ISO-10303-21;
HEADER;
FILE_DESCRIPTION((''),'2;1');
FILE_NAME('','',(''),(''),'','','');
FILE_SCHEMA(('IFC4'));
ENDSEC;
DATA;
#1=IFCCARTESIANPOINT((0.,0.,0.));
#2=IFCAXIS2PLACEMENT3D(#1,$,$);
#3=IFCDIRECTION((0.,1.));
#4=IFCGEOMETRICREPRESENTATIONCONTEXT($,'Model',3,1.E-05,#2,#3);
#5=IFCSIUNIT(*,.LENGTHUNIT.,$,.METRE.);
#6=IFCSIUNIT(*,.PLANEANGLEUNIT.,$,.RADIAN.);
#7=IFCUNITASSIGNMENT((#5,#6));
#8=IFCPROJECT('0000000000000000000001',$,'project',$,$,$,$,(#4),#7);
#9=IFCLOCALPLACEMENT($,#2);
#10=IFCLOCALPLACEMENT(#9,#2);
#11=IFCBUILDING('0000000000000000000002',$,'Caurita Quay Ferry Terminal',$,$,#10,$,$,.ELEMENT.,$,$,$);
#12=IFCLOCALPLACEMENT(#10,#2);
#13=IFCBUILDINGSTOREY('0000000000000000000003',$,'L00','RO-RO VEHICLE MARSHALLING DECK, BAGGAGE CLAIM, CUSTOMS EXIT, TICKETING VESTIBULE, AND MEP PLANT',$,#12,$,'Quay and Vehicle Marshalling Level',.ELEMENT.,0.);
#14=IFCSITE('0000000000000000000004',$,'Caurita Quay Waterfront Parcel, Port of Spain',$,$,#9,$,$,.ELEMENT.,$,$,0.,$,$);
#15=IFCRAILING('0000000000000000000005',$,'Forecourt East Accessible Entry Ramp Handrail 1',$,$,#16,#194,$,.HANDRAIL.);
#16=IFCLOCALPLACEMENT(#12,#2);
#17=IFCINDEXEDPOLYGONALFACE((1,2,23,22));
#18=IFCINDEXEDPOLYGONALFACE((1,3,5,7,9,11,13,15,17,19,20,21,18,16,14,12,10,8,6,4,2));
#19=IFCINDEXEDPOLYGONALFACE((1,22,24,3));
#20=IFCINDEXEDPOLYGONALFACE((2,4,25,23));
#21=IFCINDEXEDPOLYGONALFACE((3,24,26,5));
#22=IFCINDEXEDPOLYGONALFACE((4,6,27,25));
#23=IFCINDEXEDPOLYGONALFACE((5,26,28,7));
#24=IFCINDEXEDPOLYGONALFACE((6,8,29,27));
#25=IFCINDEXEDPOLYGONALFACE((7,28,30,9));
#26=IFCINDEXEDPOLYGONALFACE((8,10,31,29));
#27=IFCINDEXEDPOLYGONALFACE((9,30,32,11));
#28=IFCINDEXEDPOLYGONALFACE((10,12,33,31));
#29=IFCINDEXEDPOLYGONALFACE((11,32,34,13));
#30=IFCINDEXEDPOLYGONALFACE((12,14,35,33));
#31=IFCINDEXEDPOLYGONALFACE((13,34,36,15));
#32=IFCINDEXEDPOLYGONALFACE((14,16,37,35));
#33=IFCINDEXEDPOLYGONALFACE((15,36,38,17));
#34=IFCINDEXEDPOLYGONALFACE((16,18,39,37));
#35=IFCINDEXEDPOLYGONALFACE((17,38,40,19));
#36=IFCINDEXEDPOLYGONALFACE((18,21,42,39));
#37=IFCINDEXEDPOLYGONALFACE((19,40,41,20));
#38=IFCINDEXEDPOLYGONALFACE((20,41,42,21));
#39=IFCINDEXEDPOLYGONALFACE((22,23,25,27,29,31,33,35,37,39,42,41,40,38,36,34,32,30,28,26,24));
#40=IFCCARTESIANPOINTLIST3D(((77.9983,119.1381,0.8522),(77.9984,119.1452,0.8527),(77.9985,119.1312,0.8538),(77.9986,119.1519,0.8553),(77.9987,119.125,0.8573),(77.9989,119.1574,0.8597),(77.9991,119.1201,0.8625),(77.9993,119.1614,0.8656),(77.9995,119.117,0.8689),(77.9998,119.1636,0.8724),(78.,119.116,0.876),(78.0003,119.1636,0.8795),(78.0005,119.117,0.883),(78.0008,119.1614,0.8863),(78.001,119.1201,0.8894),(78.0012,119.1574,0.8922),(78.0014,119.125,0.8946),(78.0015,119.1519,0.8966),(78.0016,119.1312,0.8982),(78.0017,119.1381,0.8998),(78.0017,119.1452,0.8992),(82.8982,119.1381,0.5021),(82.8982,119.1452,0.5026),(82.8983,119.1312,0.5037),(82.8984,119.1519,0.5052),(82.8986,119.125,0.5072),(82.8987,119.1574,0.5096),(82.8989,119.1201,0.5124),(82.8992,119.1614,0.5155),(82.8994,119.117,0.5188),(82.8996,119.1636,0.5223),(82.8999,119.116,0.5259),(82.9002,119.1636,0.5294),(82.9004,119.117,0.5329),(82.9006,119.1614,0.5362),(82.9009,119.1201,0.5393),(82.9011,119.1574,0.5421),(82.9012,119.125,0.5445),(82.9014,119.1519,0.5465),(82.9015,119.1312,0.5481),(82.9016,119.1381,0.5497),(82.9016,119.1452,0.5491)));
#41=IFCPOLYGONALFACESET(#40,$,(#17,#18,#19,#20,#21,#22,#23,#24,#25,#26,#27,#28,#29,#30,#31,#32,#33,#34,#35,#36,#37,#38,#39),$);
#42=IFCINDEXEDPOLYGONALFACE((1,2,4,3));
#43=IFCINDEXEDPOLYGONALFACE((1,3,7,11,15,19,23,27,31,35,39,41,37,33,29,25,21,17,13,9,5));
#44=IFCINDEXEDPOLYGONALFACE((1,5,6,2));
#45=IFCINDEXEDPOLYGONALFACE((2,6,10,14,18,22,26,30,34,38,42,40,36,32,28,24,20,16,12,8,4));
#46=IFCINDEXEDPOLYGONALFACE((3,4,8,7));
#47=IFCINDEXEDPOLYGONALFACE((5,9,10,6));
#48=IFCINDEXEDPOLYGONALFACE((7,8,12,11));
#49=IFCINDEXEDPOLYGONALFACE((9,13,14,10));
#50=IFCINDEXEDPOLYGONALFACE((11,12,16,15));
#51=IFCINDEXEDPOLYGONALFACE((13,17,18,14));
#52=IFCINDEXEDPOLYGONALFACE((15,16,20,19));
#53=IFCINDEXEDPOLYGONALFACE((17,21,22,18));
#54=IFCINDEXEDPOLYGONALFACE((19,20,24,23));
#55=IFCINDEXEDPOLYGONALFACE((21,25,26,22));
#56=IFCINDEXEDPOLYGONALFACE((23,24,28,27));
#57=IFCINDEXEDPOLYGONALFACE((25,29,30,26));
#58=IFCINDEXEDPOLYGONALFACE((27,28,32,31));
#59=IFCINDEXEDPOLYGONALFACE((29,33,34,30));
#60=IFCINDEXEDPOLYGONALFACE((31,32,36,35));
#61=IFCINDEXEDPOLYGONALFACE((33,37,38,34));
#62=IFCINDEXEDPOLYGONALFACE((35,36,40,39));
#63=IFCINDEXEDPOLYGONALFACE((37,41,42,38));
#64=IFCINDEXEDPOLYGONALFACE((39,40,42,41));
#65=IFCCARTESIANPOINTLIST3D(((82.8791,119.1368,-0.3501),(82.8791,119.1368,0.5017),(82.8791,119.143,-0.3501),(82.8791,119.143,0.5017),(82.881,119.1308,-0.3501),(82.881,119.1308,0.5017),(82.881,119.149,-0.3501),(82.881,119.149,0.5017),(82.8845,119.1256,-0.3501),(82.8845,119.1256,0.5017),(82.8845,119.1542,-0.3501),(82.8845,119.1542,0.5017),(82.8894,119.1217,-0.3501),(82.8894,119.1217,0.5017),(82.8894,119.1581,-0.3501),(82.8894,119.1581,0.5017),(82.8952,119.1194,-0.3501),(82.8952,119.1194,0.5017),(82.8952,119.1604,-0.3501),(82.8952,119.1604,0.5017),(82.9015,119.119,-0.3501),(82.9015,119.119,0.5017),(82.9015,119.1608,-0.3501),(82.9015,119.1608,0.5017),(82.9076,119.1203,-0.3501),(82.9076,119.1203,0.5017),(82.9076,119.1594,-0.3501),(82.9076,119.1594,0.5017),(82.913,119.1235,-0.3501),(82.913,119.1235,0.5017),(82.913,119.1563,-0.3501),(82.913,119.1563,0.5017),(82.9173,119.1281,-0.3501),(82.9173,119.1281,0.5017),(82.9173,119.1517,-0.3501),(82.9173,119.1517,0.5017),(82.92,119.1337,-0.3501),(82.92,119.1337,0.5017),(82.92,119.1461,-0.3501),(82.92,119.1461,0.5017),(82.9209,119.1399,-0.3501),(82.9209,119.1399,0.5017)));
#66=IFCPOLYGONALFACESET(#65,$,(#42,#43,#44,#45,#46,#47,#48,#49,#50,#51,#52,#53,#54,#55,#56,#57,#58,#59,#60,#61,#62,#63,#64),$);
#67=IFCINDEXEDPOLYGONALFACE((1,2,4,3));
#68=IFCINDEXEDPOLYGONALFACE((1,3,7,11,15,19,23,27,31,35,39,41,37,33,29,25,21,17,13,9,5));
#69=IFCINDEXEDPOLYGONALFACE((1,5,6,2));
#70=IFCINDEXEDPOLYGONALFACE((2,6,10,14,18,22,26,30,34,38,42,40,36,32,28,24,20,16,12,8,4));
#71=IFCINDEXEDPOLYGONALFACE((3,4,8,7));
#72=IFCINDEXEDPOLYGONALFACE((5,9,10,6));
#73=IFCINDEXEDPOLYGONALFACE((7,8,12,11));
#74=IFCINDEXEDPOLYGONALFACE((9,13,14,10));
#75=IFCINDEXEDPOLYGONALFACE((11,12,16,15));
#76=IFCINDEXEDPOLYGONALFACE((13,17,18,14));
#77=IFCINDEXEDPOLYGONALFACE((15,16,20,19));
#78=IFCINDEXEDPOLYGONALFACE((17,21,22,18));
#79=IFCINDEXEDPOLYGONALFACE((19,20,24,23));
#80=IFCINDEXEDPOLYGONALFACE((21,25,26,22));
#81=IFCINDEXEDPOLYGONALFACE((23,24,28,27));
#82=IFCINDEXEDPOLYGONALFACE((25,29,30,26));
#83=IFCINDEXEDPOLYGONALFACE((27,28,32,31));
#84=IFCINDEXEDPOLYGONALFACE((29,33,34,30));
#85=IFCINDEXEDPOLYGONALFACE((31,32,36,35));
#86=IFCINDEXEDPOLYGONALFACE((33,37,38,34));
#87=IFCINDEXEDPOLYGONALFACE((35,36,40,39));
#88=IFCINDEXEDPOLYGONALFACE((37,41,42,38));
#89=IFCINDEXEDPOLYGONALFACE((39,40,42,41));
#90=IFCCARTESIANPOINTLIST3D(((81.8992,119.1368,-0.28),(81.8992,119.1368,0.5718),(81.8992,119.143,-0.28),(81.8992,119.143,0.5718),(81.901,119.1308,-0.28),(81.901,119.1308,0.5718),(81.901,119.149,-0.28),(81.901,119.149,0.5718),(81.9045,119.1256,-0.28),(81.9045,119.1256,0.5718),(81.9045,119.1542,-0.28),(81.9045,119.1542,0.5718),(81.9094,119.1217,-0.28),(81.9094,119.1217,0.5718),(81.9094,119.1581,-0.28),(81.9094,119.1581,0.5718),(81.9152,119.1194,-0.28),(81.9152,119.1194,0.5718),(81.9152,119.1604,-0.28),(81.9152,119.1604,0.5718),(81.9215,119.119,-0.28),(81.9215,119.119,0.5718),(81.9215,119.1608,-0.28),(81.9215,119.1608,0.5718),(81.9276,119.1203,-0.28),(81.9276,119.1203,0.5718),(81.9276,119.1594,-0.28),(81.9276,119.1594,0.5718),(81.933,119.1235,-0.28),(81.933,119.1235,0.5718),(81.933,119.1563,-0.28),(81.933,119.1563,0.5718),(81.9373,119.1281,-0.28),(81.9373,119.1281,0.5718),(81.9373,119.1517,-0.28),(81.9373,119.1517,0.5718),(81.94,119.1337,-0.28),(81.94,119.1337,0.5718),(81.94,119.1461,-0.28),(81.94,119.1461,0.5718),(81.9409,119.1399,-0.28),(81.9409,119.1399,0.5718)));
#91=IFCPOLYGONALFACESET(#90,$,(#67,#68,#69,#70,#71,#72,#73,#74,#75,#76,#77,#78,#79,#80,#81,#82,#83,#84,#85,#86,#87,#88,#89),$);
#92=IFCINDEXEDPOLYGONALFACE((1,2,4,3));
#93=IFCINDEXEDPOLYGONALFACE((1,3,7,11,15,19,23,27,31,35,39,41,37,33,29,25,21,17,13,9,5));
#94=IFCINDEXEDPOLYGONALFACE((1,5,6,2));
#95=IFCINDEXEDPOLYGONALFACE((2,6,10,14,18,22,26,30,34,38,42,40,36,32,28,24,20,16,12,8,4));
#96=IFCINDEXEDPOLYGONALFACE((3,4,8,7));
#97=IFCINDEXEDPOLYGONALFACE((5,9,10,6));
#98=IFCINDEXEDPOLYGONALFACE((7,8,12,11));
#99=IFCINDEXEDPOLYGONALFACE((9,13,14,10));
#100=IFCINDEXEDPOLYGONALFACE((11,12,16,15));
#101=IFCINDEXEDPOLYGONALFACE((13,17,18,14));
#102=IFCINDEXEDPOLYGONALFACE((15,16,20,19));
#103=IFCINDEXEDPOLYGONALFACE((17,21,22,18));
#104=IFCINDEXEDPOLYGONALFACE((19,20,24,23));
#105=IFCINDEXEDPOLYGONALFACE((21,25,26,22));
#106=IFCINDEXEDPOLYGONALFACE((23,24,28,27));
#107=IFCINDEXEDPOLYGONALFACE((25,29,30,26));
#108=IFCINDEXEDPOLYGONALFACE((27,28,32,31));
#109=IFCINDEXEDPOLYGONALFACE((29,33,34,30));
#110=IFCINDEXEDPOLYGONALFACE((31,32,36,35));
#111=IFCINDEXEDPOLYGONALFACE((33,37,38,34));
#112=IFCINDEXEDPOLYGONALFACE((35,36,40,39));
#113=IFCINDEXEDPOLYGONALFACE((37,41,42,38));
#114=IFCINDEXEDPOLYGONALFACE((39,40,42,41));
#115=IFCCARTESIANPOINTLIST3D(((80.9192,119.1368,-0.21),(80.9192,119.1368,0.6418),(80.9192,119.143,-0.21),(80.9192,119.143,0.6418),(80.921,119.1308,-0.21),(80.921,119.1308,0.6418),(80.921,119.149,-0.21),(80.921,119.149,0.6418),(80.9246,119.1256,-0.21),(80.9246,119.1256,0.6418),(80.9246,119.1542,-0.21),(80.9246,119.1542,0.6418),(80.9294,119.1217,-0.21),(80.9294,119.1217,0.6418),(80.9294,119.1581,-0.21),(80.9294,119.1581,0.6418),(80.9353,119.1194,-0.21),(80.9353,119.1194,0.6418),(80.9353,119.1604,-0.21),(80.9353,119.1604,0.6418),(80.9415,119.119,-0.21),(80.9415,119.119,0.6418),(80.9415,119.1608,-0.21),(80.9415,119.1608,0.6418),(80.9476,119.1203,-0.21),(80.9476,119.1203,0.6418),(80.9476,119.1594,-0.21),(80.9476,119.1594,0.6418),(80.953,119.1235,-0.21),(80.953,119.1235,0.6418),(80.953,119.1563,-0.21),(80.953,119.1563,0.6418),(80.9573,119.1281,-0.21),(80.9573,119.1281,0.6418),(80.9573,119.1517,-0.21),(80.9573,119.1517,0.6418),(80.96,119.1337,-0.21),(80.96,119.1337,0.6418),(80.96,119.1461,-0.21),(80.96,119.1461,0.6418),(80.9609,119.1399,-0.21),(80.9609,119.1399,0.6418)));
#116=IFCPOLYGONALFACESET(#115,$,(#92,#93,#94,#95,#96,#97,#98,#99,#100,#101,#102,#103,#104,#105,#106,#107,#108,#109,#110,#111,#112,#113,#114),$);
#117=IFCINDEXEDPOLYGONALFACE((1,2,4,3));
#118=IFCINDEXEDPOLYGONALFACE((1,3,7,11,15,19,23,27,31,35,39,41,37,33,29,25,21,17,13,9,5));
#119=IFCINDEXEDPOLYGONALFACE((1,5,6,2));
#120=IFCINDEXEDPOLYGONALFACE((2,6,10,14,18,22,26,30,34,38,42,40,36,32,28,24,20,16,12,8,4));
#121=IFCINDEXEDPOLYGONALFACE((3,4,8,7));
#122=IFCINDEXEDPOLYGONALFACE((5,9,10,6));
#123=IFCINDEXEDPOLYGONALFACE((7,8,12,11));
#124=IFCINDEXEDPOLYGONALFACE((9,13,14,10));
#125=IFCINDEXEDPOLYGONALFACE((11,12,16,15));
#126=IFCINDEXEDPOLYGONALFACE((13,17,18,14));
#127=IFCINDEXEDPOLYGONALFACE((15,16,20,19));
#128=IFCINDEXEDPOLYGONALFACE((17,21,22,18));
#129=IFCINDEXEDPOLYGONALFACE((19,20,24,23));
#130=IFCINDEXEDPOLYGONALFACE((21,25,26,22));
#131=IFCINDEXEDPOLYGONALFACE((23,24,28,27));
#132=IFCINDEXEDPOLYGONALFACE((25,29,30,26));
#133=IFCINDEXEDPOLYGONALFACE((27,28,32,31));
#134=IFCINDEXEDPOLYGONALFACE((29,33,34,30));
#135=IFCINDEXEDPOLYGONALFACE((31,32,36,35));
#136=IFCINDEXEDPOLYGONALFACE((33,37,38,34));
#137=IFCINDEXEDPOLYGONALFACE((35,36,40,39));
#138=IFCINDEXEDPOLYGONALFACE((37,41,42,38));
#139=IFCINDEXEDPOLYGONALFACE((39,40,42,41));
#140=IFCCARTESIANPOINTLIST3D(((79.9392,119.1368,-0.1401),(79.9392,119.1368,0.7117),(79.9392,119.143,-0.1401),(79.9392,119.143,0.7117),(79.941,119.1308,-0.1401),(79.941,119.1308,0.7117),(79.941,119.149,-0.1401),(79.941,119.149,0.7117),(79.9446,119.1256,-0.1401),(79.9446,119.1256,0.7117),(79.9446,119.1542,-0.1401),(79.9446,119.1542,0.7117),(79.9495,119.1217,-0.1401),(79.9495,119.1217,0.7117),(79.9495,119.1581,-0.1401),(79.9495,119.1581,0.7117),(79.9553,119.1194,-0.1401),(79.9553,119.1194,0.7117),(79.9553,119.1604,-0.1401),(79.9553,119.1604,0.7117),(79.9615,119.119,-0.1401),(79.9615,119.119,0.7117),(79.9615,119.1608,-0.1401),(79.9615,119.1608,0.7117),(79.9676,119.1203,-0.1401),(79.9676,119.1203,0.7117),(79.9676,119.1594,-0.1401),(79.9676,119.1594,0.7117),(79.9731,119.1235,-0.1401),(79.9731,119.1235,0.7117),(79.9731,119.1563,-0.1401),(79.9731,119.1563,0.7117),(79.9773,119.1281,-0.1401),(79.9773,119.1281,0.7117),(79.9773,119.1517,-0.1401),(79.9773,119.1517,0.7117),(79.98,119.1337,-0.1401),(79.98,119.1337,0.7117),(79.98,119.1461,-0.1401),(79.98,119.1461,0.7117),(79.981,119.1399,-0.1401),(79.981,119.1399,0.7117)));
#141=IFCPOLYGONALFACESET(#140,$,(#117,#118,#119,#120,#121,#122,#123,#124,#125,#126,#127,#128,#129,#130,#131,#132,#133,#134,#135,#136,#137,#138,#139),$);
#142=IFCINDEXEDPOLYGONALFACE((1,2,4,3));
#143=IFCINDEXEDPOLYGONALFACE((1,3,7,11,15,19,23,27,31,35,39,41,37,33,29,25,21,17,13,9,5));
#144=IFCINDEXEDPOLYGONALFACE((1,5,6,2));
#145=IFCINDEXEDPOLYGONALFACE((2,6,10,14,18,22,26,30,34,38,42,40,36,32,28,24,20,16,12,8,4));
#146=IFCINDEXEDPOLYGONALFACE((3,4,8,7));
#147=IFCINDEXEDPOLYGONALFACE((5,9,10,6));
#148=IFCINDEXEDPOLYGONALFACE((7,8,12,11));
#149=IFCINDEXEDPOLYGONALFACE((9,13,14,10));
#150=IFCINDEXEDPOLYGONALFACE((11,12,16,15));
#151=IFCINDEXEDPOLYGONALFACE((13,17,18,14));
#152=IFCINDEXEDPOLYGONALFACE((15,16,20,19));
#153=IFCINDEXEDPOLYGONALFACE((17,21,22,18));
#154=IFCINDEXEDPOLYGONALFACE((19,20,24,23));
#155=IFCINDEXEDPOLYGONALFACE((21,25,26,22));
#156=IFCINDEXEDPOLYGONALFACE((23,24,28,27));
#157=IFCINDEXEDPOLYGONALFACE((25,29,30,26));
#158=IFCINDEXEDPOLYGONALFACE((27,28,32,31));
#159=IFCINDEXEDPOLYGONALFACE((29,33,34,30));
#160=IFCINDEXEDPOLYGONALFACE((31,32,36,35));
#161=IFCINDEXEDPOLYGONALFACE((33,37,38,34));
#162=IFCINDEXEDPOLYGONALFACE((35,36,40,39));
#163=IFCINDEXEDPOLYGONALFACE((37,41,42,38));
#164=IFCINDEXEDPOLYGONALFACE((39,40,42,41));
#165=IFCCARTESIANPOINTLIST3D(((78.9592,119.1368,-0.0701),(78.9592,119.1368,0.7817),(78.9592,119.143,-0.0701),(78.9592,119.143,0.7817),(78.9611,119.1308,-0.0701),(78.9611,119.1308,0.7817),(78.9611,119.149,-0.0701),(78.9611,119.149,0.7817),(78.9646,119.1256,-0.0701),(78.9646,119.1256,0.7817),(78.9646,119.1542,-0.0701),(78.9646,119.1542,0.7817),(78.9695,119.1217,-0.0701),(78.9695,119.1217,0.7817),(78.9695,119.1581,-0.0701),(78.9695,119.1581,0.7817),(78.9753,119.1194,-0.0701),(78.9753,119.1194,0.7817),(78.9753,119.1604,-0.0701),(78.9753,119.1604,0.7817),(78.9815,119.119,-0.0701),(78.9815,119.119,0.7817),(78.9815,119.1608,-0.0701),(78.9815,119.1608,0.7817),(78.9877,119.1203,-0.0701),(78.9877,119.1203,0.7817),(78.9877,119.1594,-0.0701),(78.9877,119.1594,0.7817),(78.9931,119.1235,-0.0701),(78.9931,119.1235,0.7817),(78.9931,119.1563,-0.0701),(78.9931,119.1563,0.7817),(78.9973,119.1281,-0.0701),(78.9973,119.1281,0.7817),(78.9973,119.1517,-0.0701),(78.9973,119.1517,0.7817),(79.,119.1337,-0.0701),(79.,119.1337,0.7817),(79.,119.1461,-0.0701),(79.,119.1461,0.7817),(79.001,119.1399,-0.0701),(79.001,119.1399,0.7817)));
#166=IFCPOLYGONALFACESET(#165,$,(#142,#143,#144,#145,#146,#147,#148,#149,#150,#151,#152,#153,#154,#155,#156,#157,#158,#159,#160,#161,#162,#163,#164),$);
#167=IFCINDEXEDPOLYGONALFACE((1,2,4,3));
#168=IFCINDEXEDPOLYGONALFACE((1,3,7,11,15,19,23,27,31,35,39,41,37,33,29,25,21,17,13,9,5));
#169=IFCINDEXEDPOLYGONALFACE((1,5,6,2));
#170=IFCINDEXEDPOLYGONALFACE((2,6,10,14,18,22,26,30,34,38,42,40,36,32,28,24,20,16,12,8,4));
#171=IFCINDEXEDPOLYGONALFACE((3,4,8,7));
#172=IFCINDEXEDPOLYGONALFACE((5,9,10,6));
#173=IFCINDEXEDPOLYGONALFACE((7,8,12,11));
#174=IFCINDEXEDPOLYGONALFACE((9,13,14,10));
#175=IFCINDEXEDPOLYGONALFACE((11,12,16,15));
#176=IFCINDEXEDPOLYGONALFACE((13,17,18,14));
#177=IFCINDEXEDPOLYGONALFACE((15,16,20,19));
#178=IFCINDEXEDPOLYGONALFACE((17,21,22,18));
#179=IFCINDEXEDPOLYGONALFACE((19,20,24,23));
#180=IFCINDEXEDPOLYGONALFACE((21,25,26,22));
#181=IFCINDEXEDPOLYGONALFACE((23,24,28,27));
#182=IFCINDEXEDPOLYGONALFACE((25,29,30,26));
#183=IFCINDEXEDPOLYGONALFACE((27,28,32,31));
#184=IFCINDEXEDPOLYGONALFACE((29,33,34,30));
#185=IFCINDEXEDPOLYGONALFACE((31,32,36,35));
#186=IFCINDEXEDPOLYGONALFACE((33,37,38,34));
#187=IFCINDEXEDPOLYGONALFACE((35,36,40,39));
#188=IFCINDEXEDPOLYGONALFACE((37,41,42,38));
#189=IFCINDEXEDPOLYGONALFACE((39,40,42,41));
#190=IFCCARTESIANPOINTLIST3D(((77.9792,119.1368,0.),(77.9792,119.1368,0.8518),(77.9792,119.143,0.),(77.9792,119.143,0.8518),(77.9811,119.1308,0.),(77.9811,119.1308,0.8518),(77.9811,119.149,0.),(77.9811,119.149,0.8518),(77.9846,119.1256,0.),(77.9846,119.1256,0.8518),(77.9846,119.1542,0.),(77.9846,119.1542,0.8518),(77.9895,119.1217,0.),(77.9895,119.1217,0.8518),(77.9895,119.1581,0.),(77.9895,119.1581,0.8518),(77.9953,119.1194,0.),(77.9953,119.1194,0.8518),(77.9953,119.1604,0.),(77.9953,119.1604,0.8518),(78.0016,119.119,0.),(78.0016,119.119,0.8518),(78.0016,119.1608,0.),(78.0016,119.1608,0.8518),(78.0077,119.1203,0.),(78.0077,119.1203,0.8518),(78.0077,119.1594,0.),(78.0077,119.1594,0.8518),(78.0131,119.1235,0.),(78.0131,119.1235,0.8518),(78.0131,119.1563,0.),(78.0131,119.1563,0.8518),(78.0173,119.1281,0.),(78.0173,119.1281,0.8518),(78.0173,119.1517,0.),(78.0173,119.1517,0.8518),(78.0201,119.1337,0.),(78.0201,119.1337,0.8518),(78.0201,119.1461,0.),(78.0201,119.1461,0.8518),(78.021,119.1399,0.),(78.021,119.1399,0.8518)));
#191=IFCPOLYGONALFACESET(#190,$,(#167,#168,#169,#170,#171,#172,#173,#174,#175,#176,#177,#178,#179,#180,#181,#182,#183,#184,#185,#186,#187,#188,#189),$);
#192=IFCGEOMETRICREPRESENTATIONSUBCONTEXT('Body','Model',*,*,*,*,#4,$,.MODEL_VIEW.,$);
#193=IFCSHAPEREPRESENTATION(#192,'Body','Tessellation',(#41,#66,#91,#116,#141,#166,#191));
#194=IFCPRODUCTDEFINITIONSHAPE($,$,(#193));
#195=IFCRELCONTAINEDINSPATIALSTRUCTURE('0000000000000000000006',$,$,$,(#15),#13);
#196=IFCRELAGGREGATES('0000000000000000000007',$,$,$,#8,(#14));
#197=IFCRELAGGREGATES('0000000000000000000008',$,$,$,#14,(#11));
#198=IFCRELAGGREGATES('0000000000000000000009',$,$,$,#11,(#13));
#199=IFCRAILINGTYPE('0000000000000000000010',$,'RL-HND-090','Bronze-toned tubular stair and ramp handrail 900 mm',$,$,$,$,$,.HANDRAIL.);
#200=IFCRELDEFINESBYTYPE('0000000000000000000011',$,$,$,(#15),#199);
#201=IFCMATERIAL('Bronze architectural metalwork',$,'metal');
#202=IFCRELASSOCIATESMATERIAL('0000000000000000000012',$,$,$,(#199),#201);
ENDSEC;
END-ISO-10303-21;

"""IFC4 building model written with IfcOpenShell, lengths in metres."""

from ifc_helpers import new_model, si_unit, direction, frame, origin, origin_2d, place, context, subcontext, project, spatial, circle, extrude, material, type_object, element, save


model = new_model("IFC4")

# Units and contexts
model_context = context("Model", 3, precision=1e-05, world=origin(), true_north=direction((0.0, 1.0)))
body_context = subcontext(model_context, "Body", "Model", "MODEL_VIEW")
ifc_project = project(units=[si_unit("LENGTHUNIT", "METRE"), si_unit("PLANEANGLEUNIT", "RADIAN")], contexts=[model_context])

# Site, building, storey
site_placement = place(None, origin())
site = spatial("IfcSite", under=ifc_project, at=site_placement, Name="Caurita Quay Waterfront Parcel, Port of Spain", CompositionType="ELEMENT", RefElevation=0.0)
building_placement = place(site_placement, origin())
building = spatial("IfcBuilding", under=site, at=building_placement, Name="Caurita Quay Ferry Terminal", CompositionType="ELEMENT")
storey_placement = place(building_placement, origin())
storey = spatial("IfcBuildingStorey", under=building, at=storey_placement, Name="L00", Description="RO-RO VEHICLE MARSHALLING DECK, BAGGAGE CLAIM, CUSTOMS EXIT, TICKETING VESTIBULE, AND MEP PLANT", LongName="Quay and Vehicle Marshalling Level", CompositionType="ELEMENT", Elevation=0.0)

# Railing
ifc_material_1 = material(Name="Bronze architectural metalwork", Category="metal")
railing_type = type_object("IfcRailingType", Name="RL-HND-090", Description="Bronze-toned tubular stair and ramp handrail 900 mm", PredefinedType="HANDRAIL", material=ifc_material_1)
for number, where, name in (
    (1, (82.8999, 119.1399, -0.3501), "Forecourt East Accessible Entry Ramp Handrail 1"),
):
    element("IfcRailing", number, at=place(storey_placement, frame(where)), inside=storey, type_object=railing_type, Name=name, PredefinedType="HANDRAIL", context=body_context, shape_type="SweptSolid", body=[
        extrude(circle(Radius=0.0239, at=origin_2d()), frame((0.0, 0.0, 0.876), z_axis=(-0.997457, 0.0, 0.071268), x_axis=(0.0, -1.0, 0.0)), (0.0, 0.0, 1.0), 4.9124),
        extrude(circle(Radius=0.021, at=origin_2d()), origin(), (0.0, 0.0, 1.0), 0.8518),
        extrude(circle(Radius=0.021, at=origin_2d()), frame((-0.98, 0.0, 0.0701)), (0.0, 0.0, 1.0), 0.8518),
        extrude(circle(Radius=0.021, at=origin_2d()), frame((-1.96, 0.0, 0.1401)), (0.0, 0.0, 1.0), 0.8518),
        extrude(circle(Radius=0.021, at=origin_2d()), frame((-2.9399, 0.0, 0.21)), (0.0, 0.0, 1.0), 0.8518),
        extrude(circle(Radius=0.021, at=origin_2d()), frame((-3.9199, 0.0, 0.28)), (0.0, 0.0, 1.0), 0.8518),
        extrude(circle(Radius=0.021, at=origin_2d()), frame((-4.8999, 0.0, 0.3501)), (0.0, 0.0, 1.0), 0.8518),
    ])

save(model, "model.ifc")
